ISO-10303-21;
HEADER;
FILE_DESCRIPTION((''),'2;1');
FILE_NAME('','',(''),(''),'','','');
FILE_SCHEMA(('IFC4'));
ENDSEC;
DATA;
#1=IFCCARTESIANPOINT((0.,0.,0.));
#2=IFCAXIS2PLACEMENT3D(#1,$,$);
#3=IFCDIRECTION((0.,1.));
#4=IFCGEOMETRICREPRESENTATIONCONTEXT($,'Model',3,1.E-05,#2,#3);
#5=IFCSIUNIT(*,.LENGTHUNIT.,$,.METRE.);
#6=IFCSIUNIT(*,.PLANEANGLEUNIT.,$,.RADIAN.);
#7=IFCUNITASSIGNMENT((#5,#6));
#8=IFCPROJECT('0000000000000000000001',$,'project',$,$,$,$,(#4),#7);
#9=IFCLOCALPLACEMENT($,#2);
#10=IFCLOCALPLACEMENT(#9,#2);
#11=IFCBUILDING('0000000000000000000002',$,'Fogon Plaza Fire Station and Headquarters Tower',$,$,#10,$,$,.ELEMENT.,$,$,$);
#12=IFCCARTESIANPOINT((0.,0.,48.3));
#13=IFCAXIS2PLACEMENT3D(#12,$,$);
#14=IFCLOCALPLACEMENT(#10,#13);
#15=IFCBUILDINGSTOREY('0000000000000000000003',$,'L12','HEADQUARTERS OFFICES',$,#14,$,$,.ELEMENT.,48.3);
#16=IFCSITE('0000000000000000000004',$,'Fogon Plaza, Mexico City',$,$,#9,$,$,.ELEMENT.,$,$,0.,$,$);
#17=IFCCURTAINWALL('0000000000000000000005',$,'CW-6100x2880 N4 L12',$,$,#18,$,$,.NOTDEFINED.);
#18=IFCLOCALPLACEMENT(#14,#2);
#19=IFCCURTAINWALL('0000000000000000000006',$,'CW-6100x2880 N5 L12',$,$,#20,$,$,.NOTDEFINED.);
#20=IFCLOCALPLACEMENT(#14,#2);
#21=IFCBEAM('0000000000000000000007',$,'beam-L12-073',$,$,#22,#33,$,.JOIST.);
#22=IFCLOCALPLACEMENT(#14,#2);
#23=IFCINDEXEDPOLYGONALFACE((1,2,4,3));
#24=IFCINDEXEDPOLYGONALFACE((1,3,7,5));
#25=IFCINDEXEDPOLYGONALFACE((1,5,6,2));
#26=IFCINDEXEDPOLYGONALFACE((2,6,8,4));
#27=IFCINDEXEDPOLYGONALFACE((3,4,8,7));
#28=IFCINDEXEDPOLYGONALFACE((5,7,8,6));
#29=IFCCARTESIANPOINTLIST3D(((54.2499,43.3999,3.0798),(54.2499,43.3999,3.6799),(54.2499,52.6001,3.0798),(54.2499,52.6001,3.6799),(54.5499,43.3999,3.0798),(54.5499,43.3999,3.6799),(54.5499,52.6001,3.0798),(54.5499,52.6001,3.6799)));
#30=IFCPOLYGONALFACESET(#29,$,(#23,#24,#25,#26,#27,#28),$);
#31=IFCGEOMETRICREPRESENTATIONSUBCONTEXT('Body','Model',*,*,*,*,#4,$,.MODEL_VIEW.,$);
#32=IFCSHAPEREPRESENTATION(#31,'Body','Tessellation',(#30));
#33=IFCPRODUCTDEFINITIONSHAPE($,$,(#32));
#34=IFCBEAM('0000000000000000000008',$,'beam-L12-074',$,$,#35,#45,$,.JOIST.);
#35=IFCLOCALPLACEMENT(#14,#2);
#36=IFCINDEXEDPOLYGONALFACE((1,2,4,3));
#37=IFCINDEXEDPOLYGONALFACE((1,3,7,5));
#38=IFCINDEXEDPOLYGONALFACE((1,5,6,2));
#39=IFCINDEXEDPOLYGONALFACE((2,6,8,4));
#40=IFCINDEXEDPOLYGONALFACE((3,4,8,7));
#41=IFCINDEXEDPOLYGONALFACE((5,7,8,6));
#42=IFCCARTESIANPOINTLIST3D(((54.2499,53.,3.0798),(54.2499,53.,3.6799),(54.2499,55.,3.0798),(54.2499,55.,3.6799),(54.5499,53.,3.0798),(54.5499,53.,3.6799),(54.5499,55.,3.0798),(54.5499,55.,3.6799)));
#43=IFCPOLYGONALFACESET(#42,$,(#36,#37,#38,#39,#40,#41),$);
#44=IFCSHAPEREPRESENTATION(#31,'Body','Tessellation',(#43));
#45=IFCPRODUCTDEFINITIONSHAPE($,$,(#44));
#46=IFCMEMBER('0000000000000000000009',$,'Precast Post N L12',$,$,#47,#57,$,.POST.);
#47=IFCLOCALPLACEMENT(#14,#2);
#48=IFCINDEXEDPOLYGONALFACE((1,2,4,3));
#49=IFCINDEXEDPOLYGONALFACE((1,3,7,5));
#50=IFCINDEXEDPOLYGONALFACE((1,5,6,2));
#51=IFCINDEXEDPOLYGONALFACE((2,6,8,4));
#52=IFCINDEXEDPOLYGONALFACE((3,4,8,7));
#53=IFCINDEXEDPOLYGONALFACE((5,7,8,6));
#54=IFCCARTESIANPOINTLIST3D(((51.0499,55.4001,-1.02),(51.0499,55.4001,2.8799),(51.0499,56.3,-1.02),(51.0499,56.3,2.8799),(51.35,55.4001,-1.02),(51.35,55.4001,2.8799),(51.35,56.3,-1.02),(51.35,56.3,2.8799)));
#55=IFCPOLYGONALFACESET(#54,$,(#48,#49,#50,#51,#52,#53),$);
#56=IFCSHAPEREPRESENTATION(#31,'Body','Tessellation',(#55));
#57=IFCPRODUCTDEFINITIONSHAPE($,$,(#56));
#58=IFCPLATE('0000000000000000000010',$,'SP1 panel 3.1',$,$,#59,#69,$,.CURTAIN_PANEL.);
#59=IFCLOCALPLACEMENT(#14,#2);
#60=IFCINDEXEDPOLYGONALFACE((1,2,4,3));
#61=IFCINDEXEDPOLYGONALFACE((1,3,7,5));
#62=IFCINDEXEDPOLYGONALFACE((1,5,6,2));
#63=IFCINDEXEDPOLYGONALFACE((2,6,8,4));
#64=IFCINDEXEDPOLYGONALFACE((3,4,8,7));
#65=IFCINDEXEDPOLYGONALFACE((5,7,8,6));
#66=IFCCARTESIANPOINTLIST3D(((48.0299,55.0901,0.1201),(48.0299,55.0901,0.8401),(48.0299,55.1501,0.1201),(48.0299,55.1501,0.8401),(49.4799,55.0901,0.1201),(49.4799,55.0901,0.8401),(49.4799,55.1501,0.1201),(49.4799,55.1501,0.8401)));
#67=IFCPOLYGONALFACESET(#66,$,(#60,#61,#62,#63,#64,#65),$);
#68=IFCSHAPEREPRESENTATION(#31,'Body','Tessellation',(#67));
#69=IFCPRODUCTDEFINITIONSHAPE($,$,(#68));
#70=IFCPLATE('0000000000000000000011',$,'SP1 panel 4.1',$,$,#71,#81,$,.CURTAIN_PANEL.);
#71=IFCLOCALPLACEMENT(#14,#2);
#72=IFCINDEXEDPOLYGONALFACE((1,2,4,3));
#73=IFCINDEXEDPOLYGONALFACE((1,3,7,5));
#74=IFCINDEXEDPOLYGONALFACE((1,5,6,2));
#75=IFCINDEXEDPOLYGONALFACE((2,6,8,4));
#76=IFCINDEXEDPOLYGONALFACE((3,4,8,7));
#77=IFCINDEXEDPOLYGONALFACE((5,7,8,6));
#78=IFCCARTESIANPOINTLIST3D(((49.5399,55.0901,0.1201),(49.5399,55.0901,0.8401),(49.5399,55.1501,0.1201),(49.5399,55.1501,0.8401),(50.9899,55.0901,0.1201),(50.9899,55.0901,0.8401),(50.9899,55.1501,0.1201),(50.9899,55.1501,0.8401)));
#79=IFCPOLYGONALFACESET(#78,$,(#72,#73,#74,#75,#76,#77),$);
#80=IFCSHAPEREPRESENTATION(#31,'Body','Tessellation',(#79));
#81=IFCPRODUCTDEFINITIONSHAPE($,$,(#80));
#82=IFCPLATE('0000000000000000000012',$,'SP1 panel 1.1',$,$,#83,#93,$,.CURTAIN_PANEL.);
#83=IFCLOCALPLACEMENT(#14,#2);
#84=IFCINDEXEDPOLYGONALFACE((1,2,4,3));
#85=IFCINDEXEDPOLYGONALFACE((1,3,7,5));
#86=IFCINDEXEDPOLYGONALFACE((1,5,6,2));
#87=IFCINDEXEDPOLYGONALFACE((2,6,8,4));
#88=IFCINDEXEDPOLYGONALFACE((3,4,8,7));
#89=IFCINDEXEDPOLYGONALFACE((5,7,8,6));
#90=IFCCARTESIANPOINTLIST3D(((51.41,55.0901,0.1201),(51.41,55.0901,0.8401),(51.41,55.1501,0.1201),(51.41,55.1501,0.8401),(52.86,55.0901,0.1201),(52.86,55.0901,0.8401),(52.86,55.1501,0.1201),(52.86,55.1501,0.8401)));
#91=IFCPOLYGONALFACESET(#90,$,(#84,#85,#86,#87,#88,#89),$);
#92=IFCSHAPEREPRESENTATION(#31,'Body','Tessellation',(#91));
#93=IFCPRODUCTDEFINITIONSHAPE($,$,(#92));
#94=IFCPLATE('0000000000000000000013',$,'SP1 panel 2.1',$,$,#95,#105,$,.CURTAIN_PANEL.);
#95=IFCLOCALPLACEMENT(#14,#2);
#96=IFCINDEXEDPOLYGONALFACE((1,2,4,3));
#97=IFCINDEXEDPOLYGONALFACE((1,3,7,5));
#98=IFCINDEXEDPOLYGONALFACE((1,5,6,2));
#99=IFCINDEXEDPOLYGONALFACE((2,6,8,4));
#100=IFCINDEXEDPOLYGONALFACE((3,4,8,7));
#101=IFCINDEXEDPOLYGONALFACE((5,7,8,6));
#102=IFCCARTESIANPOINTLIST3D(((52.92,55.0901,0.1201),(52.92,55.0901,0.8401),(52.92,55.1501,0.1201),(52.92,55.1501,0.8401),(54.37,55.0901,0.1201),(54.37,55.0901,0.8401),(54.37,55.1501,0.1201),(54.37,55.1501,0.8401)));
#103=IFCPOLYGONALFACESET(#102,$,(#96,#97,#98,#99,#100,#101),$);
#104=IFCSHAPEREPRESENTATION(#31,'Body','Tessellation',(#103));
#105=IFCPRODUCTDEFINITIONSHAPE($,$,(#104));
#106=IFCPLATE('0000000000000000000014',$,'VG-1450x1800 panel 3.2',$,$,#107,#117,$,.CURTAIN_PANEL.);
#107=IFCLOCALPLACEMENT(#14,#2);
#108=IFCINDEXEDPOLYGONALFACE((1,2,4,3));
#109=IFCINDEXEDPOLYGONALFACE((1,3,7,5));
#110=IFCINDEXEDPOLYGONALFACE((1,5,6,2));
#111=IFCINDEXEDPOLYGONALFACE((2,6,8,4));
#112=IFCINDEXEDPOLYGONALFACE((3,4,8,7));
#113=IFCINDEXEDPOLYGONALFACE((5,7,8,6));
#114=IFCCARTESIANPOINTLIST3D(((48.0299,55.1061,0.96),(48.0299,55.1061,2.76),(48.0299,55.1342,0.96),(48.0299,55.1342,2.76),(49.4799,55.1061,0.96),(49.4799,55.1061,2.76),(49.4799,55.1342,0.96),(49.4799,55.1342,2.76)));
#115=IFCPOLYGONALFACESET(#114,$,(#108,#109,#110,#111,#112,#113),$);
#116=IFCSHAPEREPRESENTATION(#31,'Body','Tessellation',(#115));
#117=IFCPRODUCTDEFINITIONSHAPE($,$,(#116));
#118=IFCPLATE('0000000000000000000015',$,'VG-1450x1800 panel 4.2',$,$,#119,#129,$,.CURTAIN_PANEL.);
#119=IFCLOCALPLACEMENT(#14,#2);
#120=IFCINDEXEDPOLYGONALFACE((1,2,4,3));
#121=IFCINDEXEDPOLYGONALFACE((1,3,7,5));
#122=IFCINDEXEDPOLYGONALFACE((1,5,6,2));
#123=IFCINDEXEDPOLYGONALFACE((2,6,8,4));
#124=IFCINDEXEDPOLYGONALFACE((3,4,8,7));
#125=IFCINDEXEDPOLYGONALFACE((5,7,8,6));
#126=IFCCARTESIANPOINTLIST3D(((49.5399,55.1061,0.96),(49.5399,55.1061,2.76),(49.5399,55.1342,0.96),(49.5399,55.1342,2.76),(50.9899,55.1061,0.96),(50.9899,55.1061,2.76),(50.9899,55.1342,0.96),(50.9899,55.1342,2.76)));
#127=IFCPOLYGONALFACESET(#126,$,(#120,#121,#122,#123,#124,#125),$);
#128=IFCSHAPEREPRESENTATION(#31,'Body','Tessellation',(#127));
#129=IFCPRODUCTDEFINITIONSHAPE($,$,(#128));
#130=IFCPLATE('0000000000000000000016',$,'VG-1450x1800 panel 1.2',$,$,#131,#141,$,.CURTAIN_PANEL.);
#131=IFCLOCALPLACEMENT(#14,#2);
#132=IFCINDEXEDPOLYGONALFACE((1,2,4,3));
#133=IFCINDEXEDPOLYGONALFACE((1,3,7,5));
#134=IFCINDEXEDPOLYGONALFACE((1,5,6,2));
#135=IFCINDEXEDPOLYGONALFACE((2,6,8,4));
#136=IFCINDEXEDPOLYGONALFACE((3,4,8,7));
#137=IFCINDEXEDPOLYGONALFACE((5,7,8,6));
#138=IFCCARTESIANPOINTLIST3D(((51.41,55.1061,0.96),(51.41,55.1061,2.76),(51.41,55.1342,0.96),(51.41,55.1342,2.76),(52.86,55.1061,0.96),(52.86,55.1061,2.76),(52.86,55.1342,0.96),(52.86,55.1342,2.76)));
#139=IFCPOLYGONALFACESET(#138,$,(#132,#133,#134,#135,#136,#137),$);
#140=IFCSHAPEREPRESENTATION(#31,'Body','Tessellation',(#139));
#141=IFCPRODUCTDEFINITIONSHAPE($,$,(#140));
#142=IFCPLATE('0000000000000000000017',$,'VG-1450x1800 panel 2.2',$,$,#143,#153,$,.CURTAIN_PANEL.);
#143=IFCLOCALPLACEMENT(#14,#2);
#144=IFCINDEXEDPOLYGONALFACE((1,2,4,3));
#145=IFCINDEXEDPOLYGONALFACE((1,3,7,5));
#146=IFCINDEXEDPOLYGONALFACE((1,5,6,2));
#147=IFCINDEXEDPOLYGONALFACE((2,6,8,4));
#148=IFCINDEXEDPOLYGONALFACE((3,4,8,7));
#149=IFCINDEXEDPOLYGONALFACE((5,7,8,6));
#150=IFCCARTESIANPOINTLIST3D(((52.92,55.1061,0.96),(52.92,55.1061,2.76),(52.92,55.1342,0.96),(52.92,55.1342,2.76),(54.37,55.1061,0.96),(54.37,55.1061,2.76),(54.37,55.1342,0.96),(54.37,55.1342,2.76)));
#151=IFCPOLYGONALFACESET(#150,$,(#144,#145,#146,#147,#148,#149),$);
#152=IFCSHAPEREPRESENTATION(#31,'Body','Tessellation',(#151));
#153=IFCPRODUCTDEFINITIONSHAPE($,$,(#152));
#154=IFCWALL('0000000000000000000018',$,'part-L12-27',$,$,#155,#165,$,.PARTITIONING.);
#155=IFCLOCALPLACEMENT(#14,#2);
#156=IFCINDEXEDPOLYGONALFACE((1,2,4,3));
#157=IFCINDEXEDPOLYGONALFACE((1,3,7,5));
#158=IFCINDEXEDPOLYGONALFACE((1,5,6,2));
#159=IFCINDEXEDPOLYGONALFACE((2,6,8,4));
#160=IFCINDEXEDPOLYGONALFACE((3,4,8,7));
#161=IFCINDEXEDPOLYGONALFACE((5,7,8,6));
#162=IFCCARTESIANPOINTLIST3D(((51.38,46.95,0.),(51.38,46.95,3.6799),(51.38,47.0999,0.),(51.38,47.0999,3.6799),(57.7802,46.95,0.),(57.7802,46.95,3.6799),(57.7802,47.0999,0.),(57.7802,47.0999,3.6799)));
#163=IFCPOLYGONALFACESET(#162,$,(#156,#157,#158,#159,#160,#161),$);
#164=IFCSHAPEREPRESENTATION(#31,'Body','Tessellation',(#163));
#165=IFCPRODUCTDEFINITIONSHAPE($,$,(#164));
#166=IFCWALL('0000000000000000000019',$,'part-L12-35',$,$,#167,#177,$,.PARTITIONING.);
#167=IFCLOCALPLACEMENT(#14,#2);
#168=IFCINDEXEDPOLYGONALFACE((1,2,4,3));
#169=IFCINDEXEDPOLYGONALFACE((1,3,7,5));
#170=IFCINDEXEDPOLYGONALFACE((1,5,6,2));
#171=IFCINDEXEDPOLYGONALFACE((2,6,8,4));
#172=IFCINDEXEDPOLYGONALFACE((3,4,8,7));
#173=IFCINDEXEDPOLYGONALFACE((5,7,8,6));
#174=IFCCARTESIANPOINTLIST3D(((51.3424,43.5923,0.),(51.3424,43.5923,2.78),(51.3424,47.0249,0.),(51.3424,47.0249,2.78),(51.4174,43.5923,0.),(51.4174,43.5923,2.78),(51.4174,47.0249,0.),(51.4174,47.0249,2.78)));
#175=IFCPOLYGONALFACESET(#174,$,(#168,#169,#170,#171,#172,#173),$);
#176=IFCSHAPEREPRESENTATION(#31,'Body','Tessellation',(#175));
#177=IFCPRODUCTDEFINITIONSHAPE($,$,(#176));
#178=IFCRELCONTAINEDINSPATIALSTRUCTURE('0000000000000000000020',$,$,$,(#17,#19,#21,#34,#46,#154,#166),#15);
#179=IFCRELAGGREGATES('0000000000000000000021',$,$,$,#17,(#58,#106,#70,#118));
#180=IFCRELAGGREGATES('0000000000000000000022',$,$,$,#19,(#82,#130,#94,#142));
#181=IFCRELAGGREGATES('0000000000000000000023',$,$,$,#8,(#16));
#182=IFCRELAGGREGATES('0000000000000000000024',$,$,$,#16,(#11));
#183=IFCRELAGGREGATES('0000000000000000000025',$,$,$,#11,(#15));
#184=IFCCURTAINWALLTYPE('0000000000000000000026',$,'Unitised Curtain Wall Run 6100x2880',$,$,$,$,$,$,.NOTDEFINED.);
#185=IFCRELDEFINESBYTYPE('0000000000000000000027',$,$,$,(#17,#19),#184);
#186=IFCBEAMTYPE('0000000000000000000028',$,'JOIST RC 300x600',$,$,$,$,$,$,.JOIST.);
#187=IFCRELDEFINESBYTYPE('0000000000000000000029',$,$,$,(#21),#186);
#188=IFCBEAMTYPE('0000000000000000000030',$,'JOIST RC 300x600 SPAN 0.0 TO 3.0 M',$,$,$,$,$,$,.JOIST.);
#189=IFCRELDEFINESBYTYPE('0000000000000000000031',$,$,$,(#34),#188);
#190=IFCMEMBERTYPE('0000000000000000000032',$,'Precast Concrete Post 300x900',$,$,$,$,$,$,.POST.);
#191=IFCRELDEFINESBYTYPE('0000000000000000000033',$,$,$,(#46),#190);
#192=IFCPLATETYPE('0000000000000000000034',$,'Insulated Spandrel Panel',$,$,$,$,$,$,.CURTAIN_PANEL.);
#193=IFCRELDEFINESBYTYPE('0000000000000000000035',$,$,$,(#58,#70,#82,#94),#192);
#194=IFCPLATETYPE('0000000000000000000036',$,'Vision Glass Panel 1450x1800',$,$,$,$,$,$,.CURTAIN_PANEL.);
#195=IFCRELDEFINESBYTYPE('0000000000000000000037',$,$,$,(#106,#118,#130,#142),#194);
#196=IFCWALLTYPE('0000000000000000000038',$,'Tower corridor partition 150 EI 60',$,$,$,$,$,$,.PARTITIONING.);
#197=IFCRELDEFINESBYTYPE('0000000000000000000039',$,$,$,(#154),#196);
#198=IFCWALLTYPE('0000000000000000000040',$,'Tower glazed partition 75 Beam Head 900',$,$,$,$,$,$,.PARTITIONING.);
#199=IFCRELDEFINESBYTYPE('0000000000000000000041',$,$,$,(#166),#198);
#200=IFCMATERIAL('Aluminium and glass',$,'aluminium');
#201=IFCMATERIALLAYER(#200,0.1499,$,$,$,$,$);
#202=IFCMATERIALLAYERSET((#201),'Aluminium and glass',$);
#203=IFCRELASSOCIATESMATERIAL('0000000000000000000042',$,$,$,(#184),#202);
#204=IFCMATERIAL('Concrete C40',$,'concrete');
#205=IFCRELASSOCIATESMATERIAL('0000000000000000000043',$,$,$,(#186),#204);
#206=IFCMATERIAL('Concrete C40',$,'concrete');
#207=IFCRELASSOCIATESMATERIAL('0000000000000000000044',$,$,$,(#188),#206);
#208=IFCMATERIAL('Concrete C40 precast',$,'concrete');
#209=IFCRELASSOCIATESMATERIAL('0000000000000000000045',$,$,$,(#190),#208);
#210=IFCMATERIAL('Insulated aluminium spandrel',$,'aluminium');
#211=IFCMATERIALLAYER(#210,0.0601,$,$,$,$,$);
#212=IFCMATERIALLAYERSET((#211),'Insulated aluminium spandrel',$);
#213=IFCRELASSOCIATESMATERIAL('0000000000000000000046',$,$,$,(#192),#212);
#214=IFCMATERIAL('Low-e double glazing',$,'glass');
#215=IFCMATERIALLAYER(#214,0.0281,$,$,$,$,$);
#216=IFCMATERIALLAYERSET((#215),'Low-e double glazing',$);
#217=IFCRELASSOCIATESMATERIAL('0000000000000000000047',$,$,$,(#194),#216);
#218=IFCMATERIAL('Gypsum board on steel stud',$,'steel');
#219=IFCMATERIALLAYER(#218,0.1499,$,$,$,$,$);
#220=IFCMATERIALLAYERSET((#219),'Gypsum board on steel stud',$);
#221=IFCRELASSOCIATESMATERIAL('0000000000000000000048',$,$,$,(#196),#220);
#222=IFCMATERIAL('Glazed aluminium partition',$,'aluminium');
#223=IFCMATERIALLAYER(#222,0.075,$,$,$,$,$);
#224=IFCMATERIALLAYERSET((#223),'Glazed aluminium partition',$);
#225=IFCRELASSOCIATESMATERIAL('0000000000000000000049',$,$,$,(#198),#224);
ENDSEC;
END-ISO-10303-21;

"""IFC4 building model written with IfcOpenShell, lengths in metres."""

from ifc_helpers import new_model, si_unit, direction, frame, frame_2d, origin, origin_2d, place, context, subcontext, project, spatial, rectangle, extrude, material, layer, layer_set, material_profile, profile_set, type_object, element, aggregate, save


model = new_model("IFC4")

# Units and contexts
model_context = context("Model", 3, precision=1e-05, world=origin(), true_north=direction((0.0, 1.0)))
body_context = subcontext(model_context, "Body", "Model", "MODEL_VIEW")
ifc_project = project(units=[si_unit("LENGTHUNIT", "METRE"), si_unit("PLANEANGLEUNIT", "RADIAN")], contexts=[model_context])

# Site, building, storey
site_placement = place(None, origin())
site = spatial("IfcSite", under=ifc_project, at=site_placement, Name="Fogon Plaza, Mexico City", CompositionType="ELEMENT", RefElevation=0.0)
building_placement = place(site_placement, origin())
building = spatial("IfcBuilding", under=site, at=building_placement, Name="Fogon Plaza Fire Station and Headquarters Tower", CompositionType="ELEMENT")
storey_placement = place(building_placement, frame((0.0, 0.0, 48.3)))
storey = spatial("IfcBuildingStorey", under=building, at=storey_placement, Name="L12", Description="HEADQUARTERS OFFICES", CompositionType="ELEMENT", Elevation=48.3)

# Curtain walls
ifc_material_1 = material(Name="Aluminium and glass", Category="aluminium")
ifc_layer_1 = layer(ifc_material_1, 0.1499)
ifc_layer_set_1 = layer_set([ifc_layer_1], Name="Aluminium and glass")
curtain_wall_type = type_object("IfcCurtainWallType", Name="Unitised Curtain Wall Run 6100x2880", PredefinedType="NOTDEFINED", material=ifc_layer_set_1)
curtain_wall_1_placement = place(storey_placement, origin())
curtain_wall_1 = element("IfcCurtainWall", 1, at=curtain_wall_1_placement, inside=storey, type_object=curtain_wall_type, Name="CW-6100x2880 N4 L12", PredefinedType="NOTDEFINED")
curtain_wall_2_placement = place(storey_placement, origin())
curtain_wall_2 = element("IfcCurtainWall", 2, at=curtain_wall_2_placement, inside=storey, type_object=curtain_wall_type, Name="CW-6100x2880 N5 L12", PredefinedType="NOTDEFINED")

# Beams
ifc_material_2 = material(Name="Concrete C40", Category="concrete")
ifc_material_profile_1 = material_profile(ifc_material_2, rectangle(XDim=0.3, YDim=0.6001, at=origin_2d()), Name="RC 300x600")
ifc_profile_set_1 = profile_set([ifc_material_profile_1], Name="Concrete C40")
beam_type_1 = type_object("IfcBeamType", Name="JOIST RC 300x600", PredefinedType="JOIST", material=ifc_profile_set_1)
beam_1_placement = place(storey_placement, frame((54.3999, 43.3999, 3.3799), z_axis=(0.0, 1.0, 0.0), x_axis=(-1.0, 0.0, 0.0)))
element("IfcBeam", 3, at=beam_1_placement, inside=storey, type_object=beam_type_1, Name="beam-L12-073", PredefinedType="JOIST", context=body_context, shape_type="SweptSolid", body=[
    extrude(rectangle(XDim=0.3, YDim=0.6001, at=origin_2d()), origin(), (0.0, 0.0, 1.0), 9.2002),
])
ifc_material_3 = material(Name="Concrete C40", Category="concrete")
ifc_material_profile_2 = material_profile(ifc_material_3, rectangle(XDim=0.3, YDim=0.6001, at=origin_2d()), Name="RC 300x600")
ifc_profile_set_2 = profile_set([ifc_material_profile_2], Name="Concrete C40")
beam_type_2 = type_object("IfcBeamType", Name="JOIST RC 300x600 SPAN 0.0 TO 3.0 M", PredefinedType="JOIST", material=ifc_profile_set_2)
beam_2_placement = place(storey_placement, frame((54.3999, 53.0, 3.3799), z_axis=(0.0, 1.0, 0.0), x_axis=(-1.0, 0.0, 0.0)))
element("IfcBeam", 4, at=beam_2_placement, inside=storey, type_object=beam_type_2, Name="beam-L12-074", PredefinedType="JOIST", context=body_context, shape_type="SweptSolid", body=[
    extrude(rectangle(XDim=0.3, YDim=0.6001, at=origin_2d()), origin(), (0.0, 0.0, 1.0), 2.0),
])

# Member
ifc_material_4 = material(Name="Concrete C40 precast", Category="concrete")
ifc_material_profile_3 = material_profile(ifc_material_4, rectangle(XDim=0.3, YDim=0.8999, at=origin_2d()), Name="Precast Concrete Post 300x900")
ifc_profile_set_3 = profile_set([ifc_material_profile_3], Name="Concrete C40 precast")
member_type_1 = type_object("IfcMemberType", Name="Precast Concrete Post 300x900", PredefinedType="POST", material=ifc_profile_set_3)
member_1_placement = place(storey_placement, frame((51.2, 55.8501, -1.02), z_axis=(0.0, 0.0, 1.0), x_axis=(1.0, 0.0, 0.0)))
element("IfcMember", 5, at=member_1_placement, inside=storey, type_object=member_type_1, Name="Precast Post N L12", PredefinedType="POST", context=body_context, shape_type="SweptSolid", body=[
    extrude(rectangle(XDim=0.3, YDim=0.8999, at=origin_2d()), origin(), (0.0, 0.0, 1.0), 3.8999),
])

# Plates
ifc_material_5 = material(Name="Insulated aluminium spandrel", Category="aluminium")
ifc_layer_2 = layer(ifc_material_5, 0.0601)
ifc_layer_set_2 = layer_set([ifc_layer_2], Name="Insulated aluminium spandrel")
plate_type_1 = type_object("IfcPlateType", Name="Insulated Spandrel Panel", PredefinedType="CURTAIN_PANEL", material=ifc_layer_set_2)
plate_1_placement = place(storey_placement, frame((48.7549, 55.1201, 0.1201), z_axis=(0.0, 0.0, 1.0), x_axis=(1.0, 0.0, 0.0)))
plate_1 = element("IfcPlate", 6, at=plate_1_placement, type_object=plate_type_1, Name="SP1 panel 3.1", PredefinedType="CURTAIN_PANEL", context=body_context, shape_type="SweptSolid", body=[
    extrude(rectangle(XDim=1.45, YDim=0.0601, at=origin_2d()), origin(), (0.0, 0.0, 1.0), 0.72),
])
plate_2_placement = place(storey_placement, frame((50.2649, 55.1201, 0.1201), z_axis=(0.0, 0.0, 1.0), x_axis=(1.0, 0.0, 0.0)))
plate_2 = element("IfcPlate", 7, at=plate_2_placement, type_object=plate_type_1, Name="SP1 panel 4.1", PredefinedType="CURTAIN_PANEL", context=body_context, shape_type="SweptSolid", body=[
    extrude(rectangle(XDim=1.45, YDim=0.0601, at=origin_2d()), origin(), (0.0, 0.0, 1.0), 0.72),
])
plate_3_placement = place(storey_placement, frame((52.135, 55.1201, 0.1201), z_axis=(0.0, 0.0, 1.0), x_axis=(1.0, 0.0, 0.0)))
plate_3 = element("IfcPlate", 8, at=plate_3_placement, type_object=plate_type_1, Name="SP1 panel 1.1", PredefinedType="CURTAIN_PANEL", context=body_context, shape_type="SweptSolid", body=[
    extrude(rectangle(XDim=1.45, YDim=0.0601, at=origin_2d()), origin(), (0.0, 0.0, 1.0), 0.72),
])
plate_4_placement = place(storey_placement, frame((53.645, 55.1201, 0.1201), z_axis=(0.0, 0.0, 1.0), x_axis=(1.0, 0.0, 0.0)))
plate_4 = element("IfcPlate", 9, at=plate_4_placement, type_object=plate_type_1, Name="SP1 panel 2.1", PredefinedType="CURTAIN_PANEL", context=body_context, shape_type="SweptSolid", body=[
    extrude(rectangle(XDim=1.45, YDim=0.0601, at=origin_2d()), origin(), (0.0, 0.0, 1.0), 0.72),
])
ifc_material_6 = material(Name="Low-e double glazing", Category="glass")
ifc_layer_3 = layer(ifc_material_6, 0.0281)
ifc_layer_set_3 = layer_set([ifc_layer_3], Name="Low-e double glazing")
plate_type_2 = type_object("IfcPlateType", Name="Vision Glass Panel 1450x1800", PredefinedType="CURTAIN_PANEL", material=ifc_layer_set_3)
plate_5_placement = place(storey_placement, frame((48.7549, 55.1201, 0.96), z_axis=(0.0, 0.0, 1.0), x_axis=(1.0, 0.0, 0.0)))
plate_5 = element("IfcPlate", 10, at=plate_5_placement, type_object=plate_type_2, Name="VG-1450x1800 panel 3.2", PredefinedType="CURTAIN_PANEL", context=body_context, shape_type="SweptSolid", body=[
    extrude(rectangle(XDim=1.45, YDim=0.0281, at=origin_2d()), origin(), (0.0, 0.0, 1.0), 1.8),
])
plate_6_placement = place(storey_placement, frame((50.2649, 55.1201, 0.96), z_axis=(0.0, 0.0, 1.0), x_axis=(1.0, 0.0, 0.0)))
plate_6 = element("IfcPlate", 11, at=plate_6_placement, type_object=plate_type_2, Name="VG-1450x1800 panel 4.2", PredefinedType="CURTAIN_PANEL", context=body_context, shape_type="SweptSolid", body=[
    extrude(rectangle(XDim=1.45, YDim=0.0281, at=origin_2d()), origin(), (0.0, 0.0, 1.0), 1.8),
])
aggregate(curtain_wall_1, [plate_1, plate_5, plate_2, plate_6])
plate_7_placement = place(storey_placement, frame((52.135, 55.1201, 0.96), z_axis=(0.0, 0.0, 1.0), x_axis=(1.0, 0.0, 0.0)))
plate_7 = element("IfcPlate", 12, at=plate_7_placement, type_object=plate_type_2, Name="VG-1450x1800 panel 1.2", PredefinedType="CURTAIN_PANEL", context=body_context, shape_type="SweptSolid", body=[
    extrude(rectangle(XDim=1.45, YDim=0.0281, at=origin_2d()), origin(), (0.0, 0.0, 1.0), 1.8),
])
plate_8_placement = place(storey_placement, frame((53.645, 55.1201, 0.96), z_axis=(0.0, 0.0, 1.0), x_axis=(1.0, 0.0, 0.0)))
plate_8 = element("IfcPlate", 13, at=plate_8_placement, type_object=plate_type_2, Name="VG-1450x1800 panel 2.2", PredefinedType="CURTAIN_PANEL", context=body_context, shape_type="SweptSolid", body=[
    extrude(rectangle(XDim=1.45, YDim=0.0281, at=origin_2d()), origin(), (0.0, 0.0, 1.0), 1.8),
])
aggregate(curtain_wall_2, [plate_3, plate_7, plate_4, plate_8])

# Walls
ifc_material_7 = material(Name="Gypsum board on steel stud", Category="steel")
ifc_layer_4 = layer(ifc_material_7, 0.1499)
ifc_layer_set_4 = layer_set([ifc_layer_4], Name="Gypsum board on steel stud")
wall_type_1 = type_object("IfcWallType", Name="Tower corridor partition 150 EI 60", PredefinedType="PARTITIONING", material=ifc_layer_set_4)
wall_1_placement = place(storey_placement, frame((51.3799, 47.0249, 0.0), z_axis=(0.0, 0.0, 1.0), x_axis=(1.0, 0.0, 0.0)))
element("IfcWall", 14, at=wall_1_placement, inside=storey, type_object=wall_type_1, Name="part-L12-27", PredefinedType="PARTITIONING", context=body_context, shape_type="SweptSolid", body=[
    extrude(rectangle(XDim=6.4001, YDim=0.1499, at=frame_2d((3.2002, 0.0))), origin(), (0.0, 0.0, 1.0), 3.6799),
])
ifc_material_8 = material(Name="Glazed aluminium partition", Category="aluminium")
ifc_layer_5 = layer(ifc_material_8, 0.075)
ifc_layer_set_5 = layer_set([ifc_layer_5], Name="Glazed aluminium partition")
wall_type_2 = type_object("IfcWallType", Name="Tower glazed partition 75 Beam Head 900", PredefinedType="PARTITIONING", material=ifc_layer_set_5)
wall_2_placement = place(storey_placement, frame((51.3799, 43.5923, 0.0), z_axis=(0.0, 0.0, 1.0), x_axis=(0.0, 1.0, 0.0)))
element("IfcWall", 15, at=wall_2_placement, inside=storey, type_object=wall_type_2, Name="part-L12-35", PredefinedType="PARTITIONING", context=body_context, shape_type="SweptSolid", body=[
    extrude(rectangle(XDim=3.4326, YDim=0.075, at=frame_2d((1.7163, 0.0))), origin(), (0.0, 0.0, 1.0), 2.78),
])

save(model, "model.ifc")
